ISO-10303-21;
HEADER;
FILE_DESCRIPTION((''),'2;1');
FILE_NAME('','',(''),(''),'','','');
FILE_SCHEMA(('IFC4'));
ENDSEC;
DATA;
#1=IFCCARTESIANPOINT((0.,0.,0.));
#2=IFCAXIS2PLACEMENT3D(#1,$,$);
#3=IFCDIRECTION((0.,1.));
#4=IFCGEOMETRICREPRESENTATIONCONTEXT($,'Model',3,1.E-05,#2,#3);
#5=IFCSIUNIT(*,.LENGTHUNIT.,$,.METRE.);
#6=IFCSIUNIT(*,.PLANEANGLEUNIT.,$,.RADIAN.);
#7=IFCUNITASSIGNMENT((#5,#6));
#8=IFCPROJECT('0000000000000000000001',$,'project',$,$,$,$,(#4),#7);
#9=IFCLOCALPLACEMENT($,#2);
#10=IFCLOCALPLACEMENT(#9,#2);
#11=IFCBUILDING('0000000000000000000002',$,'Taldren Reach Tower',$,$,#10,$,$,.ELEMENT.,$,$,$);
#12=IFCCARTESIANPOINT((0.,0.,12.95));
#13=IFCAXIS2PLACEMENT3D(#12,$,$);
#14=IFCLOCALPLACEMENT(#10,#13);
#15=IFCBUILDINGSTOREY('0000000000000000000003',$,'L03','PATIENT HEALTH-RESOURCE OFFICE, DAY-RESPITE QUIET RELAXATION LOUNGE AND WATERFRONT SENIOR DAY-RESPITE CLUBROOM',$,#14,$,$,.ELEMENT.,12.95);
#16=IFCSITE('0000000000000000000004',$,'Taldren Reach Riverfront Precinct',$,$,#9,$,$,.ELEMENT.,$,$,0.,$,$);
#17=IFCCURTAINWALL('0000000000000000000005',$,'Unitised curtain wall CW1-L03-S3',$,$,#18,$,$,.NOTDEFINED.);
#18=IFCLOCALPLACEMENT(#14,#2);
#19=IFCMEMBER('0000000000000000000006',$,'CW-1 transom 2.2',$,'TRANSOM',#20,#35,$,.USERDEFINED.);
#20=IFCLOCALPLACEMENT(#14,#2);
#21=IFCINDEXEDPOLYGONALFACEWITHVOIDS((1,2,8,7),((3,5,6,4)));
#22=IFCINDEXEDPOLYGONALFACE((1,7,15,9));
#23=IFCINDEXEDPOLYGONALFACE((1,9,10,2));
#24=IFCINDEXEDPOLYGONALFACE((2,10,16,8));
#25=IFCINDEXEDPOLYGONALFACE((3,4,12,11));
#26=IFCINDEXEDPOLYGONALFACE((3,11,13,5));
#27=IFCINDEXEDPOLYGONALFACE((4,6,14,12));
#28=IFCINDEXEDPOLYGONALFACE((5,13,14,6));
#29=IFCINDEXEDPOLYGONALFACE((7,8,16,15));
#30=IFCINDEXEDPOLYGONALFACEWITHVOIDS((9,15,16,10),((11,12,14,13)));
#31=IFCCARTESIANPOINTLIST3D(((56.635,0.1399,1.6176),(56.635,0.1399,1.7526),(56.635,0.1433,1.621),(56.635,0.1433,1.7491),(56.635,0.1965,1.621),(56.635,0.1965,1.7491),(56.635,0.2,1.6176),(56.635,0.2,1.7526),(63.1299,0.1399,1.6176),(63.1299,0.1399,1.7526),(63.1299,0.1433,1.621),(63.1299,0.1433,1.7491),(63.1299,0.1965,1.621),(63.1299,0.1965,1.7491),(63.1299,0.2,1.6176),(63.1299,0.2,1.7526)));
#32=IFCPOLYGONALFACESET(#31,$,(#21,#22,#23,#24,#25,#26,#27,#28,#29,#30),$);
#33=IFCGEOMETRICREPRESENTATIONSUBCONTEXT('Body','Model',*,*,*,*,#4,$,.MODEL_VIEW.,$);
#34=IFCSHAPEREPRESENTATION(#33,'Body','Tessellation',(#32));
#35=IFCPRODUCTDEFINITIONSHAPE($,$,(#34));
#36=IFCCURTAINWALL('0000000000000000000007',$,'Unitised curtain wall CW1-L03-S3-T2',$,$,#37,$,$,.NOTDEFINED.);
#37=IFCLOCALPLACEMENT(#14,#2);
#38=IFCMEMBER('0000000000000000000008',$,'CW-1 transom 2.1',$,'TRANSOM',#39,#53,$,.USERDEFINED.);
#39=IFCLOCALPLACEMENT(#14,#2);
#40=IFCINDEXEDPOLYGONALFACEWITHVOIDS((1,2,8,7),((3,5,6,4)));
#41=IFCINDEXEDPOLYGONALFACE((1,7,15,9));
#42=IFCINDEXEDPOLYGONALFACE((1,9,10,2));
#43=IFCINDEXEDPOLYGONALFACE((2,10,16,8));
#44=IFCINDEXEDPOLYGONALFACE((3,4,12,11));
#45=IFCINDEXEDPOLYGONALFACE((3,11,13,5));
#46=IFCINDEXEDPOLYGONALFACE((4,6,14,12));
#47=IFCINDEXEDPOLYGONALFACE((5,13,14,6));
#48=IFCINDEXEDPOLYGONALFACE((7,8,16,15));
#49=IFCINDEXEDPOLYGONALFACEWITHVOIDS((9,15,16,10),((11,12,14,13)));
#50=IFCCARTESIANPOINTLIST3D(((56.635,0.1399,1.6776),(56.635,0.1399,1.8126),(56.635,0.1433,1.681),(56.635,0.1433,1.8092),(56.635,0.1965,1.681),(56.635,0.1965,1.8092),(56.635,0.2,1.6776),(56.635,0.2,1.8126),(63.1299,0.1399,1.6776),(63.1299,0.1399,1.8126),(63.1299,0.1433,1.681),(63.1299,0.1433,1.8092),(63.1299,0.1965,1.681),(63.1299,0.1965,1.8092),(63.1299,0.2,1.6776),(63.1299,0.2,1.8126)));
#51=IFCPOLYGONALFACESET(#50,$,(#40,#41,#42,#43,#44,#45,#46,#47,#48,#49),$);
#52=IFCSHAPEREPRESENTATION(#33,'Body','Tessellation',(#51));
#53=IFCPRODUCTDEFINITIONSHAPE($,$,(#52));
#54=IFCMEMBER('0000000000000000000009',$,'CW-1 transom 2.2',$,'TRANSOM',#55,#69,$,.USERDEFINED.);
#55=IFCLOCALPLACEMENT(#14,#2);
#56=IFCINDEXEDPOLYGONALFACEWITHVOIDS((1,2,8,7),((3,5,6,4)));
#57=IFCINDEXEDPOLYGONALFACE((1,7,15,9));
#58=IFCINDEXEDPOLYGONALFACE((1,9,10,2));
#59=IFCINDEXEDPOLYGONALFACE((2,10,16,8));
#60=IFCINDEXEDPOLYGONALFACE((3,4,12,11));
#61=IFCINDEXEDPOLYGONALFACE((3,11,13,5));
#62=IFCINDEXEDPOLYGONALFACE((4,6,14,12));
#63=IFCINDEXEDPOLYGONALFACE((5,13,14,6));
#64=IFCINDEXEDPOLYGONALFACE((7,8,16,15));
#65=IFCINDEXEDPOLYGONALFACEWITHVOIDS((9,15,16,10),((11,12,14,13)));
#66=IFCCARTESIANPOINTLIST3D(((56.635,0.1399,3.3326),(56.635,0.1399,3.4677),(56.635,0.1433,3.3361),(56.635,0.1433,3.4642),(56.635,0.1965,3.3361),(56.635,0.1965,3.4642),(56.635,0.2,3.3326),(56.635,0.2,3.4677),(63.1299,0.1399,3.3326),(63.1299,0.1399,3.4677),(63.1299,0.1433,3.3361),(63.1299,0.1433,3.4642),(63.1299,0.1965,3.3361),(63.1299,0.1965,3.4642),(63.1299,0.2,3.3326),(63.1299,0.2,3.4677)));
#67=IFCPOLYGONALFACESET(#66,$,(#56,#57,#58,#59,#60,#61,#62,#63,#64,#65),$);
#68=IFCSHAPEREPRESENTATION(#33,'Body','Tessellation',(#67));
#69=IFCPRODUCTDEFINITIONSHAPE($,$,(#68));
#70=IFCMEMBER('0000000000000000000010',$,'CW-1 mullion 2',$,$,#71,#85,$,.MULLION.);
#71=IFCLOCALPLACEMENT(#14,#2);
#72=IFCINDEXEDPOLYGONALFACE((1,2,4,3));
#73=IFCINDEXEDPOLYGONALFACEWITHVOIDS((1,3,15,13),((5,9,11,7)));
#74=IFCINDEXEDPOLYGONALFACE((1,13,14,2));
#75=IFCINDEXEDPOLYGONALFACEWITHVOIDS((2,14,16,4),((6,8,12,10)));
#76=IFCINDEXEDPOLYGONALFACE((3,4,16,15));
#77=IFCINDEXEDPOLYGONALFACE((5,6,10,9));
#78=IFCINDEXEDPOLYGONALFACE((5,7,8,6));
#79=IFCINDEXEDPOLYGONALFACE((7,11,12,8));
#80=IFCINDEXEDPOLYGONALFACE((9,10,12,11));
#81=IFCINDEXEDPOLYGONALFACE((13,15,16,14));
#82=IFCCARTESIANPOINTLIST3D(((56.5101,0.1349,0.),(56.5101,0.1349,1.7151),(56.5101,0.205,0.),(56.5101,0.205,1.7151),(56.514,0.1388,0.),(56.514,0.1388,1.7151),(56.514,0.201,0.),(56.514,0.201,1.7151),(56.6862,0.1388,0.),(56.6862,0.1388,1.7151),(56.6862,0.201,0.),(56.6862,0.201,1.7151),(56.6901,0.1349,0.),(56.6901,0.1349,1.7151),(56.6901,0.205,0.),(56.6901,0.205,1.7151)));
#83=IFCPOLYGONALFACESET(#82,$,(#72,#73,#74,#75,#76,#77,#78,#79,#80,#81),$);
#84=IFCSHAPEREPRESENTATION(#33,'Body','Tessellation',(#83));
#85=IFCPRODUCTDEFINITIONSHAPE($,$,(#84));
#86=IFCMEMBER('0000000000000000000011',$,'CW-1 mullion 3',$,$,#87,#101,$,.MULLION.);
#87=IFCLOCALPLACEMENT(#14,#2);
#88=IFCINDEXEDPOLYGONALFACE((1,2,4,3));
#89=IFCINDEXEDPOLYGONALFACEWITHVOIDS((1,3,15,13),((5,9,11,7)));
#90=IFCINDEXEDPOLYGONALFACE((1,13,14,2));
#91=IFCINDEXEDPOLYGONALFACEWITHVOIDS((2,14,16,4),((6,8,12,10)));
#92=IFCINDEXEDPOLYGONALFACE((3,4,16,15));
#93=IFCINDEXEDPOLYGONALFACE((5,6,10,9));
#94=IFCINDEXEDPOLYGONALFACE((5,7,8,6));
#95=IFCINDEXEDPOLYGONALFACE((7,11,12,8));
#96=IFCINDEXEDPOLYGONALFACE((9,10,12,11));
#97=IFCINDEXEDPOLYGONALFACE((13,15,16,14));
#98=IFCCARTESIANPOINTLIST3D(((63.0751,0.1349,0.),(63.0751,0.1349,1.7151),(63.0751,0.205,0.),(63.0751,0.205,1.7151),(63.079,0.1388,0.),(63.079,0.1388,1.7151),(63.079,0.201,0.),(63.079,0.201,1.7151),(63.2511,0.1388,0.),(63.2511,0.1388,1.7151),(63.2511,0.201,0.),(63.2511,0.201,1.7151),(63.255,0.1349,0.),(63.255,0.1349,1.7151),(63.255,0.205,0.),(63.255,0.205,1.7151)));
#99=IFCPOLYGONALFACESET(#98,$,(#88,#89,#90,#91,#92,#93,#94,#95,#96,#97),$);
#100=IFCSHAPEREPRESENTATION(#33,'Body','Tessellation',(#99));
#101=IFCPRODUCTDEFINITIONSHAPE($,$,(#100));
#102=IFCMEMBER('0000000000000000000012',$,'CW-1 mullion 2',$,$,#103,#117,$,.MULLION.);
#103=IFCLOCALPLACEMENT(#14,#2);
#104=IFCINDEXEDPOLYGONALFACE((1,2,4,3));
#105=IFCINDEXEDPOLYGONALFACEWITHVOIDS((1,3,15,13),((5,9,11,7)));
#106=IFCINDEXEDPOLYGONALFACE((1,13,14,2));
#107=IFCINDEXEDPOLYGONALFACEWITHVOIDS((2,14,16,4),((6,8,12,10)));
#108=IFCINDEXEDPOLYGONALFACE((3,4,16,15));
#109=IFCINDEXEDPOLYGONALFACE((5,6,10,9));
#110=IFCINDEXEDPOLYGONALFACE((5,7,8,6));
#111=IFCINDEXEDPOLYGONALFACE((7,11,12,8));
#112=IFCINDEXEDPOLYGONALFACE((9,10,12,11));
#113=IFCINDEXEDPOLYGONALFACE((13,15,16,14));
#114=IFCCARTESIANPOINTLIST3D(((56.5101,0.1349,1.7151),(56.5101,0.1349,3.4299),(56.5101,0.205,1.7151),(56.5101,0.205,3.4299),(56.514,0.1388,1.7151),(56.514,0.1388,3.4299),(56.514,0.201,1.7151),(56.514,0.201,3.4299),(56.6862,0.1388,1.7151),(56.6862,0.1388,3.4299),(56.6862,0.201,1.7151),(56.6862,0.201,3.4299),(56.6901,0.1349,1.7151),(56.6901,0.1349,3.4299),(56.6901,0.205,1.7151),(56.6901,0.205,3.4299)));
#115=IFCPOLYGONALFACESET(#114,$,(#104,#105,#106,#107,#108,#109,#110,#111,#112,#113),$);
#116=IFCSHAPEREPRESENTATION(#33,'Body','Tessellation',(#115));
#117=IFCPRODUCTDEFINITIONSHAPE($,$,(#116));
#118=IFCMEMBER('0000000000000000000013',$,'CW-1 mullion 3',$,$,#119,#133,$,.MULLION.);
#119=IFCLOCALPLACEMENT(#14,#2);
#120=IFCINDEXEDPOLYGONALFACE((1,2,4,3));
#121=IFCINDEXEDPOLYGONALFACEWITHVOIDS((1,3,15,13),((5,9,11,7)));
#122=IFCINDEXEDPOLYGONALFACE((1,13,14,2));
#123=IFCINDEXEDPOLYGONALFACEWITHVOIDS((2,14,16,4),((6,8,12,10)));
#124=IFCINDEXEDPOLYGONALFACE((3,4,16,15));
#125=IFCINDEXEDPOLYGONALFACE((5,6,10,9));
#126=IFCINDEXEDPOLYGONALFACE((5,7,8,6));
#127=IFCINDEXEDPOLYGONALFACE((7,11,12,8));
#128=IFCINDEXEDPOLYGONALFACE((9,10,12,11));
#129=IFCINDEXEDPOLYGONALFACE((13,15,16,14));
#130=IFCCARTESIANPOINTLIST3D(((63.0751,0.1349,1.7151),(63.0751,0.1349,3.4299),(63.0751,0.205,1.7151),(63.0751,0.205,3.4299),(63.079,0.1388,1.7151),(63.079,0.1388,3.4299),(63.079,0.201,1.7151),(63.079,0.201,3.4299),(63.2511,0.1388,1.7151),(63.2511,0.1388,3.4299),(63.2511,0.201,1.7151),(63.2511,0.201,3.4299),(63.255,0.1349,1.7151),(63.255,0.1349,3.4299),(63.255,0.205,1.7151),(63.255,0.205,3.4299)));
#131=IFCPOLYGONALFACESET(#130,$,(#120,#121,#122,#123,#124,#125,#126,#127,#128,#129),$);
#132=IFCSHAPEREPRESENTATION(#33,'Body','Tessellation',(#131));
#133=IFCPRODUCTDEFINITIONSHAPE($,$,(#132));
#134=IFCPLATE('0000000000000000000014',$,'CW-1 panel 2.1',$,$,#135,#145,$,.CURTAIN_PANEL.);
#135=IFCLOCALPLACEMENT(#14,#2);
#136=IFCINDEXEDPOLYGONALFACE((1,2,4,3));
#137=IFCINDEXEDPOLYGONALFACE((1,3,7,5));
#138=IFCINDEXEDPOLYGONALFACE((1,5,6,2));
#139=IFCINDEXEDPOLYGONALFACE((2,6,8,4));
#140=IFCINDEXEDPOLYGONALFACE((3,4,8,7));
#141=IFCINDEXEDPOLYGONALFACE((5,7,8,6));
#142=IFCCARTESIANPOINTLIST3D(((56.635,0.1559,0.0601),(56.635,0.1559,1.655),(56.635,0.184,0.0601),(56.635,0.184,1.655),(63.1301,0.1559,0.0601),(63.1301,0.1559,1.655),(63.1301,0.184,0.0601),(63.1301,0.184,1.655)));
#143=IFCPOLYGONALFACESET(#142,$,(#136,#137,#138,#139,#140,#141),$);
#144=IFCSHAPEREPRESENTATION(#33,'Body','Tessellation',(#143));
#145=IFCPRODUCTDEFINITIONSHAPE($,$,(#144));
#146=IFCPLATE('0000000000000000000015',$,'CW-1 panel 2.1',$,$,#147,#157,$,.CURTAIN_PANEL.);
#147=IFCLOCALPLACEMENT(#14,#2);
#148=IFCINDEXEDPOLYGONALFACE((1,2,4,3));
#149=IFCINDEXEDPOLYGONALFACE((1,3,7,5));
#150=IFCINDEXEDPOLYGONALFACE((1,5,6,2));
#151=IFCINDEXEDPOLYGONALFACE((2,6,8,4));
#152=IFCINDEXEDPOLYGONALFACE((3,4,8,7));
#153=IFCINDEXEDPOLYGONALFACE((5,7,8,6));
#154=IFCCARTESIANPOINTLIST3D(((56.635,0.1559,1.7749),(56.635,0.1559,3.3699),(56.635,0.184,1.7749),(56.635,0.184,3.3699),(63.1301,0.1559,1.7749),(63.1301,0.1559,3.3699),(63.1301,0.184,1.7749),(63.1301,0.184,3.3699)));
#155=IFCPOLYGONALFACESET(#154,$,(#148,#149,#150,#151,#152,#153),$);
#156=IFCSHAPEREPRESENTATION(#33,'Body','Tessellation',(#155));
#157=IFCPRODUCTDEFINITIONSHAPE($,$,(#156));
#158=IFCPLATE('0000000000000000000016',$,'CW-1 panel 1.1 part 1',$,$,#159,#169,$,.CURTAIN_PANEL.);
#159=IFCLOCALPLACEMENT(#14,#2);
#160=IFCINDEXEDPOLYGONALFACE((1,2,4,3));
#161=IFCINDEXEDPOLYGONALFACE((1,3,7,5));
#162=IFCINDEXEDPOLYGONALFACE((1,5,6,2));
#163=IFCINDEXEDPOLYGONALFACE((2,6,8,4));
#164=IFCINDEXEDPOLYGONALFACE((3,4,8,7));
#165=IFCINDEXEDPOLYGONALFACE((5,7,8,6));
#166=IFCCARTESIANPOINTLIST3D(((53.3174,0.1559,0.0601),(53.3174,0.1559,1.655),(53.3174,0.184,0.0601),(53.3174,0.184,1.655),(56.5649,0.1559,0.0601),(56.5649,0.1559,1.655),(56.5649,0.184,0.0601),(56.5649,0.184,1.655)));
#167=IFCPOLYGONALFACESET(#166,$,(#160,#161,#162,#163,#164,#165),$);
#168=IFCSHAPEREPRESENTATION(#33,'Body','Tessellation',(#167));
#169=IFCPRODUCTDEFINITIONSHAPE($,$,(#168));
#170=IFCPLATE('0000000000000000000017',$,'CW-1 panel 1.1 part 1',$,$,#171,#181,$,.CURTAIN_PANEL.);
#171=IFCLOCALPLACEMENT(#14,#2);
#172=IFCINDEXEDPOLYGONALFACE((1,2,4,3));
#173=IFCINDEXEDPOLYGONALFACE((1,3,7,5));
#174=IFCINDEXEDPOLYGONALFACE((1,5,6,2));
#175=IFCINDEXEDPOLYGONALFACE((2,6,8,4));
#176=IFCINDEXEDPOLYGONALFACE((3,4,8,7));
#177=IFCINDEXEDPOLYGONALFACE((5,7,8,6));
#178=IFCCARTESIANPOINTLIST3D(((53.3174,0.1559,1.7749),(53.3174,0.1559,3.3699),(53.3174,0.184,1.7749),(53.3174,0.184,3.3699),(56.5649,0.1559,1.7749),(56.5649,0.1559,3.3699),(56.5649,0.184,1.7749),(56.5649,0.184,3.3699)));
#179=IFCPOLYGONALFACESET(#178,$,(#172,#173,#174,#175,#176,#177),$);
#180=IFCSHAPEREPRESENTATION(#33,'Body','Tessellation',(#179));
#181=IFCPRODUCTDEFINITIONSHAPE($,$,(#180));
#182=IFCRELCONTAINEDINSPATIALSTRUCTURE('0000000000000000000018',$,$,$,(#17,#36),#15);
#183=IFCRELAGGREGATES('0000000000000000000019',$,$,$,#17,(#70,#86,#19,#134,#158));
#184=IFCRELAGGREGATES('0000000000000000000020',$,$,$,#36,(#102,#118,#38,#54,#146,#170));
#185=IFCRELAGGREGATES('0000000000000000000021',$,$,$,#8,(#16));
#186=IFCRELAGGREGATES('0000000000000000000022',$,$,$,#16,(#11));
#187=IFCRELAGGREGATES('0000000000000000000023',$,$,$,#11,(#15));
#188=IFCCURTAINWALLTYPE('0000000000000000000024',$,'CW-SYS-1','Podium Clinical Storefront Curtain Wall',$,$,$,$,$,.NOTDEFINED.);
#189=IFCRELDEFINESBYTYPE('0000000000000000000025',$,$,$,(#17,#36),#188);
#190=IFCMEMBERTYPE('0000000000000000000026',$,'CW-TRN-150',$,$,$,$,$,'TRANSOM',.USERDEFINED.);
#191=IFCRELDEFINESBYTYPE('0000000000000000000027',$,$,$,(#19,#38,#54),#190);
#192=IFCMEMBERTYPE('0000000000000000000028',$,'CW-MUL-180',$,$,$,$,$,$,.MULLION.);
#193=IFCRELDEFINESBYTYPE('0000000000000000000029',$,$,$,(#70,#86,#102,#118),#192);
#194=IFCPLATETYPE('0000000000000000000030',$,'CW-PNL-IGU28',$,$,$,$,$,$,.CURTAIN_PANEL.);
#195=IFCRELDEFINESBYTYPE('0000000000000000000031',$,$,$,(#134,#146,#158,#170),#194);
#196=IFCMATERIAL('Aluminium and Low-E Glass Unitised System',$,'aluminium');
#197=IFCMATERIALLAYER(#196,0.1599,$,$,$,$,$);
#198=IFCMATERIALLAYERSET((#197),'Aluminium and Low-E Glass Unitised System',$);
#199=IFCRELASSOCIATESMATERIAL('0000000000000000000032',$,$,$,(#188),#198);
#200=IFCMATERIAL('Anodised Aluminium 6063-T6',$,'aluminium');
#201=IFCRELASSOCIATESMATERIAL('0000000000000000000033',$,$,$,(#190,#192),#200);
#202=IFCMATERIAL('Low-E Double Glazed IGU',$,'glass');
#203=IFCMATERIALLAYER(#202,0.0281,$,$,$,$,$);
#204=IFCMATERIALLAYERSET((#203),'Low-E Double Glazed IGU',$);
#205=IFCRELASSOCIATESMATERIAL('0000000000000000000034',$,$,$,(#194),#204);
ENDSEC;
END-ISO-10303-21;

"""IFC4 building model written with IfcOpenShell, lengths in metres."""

from ifc_helpers import new_model, si_unit, direction, frame, origin, origin_2d, place, context, subcontext, project, spatial, rectangle, hollow_rectangle, extrude, source, transform, mapped, material, layer, layer_set, material_profile, profile_set, type_object, element, aggregate, save


model = new_model("IFC4")

# Units and contexts
model_context = context("Model", 3, precision=1e-05, world=origin(), true_north=direction((0.0, 1.0)))
body_context = subcontext(model_context, "Body", "Model", "MODEL_VIEW")
ifc_project = project(units=[si_unit("LENGTHUNIT", "METRE"), si_unit("PLANEANGLEUNIT", "RADIAN")], contexts=[model_context])

# Site, building, storey
site_placement = place(None, origin())
site = spatial("IfcSite", under=ifc_project, at=site_placement, Name="Taldren Reach Riverfront Precinct", CompositionType="ELEMENT", RefElevation=0.0)
building_placement = place(site_placement, origin())
building = spatial("IfcBuilding", under=site, at=building_placement, Name="Taldren Reach Tower", CompositionType="ELEMENT")
storey_placement = place(building_placement, frame((0.0, 0.0, 12.95)))
storey = spatial("IfcBuildingStorey", under=building, at=storey_placement, Name="L03", Description="PATIENT HEALTH-RESOURCE OFFICE, DAY-RESPITE QUIET RELAXATION LOUNGE AND WATERFRONT SENIOR DAY-RESPITE CLUBROOM", CompositionType="ELEMENT", Elevation=12.95)

# Curtain walls, members
ifc_material_1 = material(Name="Aluminium and Low-E Glass Unitised System", Category="aluminium")
ifc_layer_1 = layer(ifc_material_1, 0.1599)
ifc_layer_set_1 = layer_set([ifc_layer_1], Name="Aluminium and Low-E Glass Unitised System")
curtain_wall_type = type_object("IfcCurtainWallType", Name="CW-SYS-1", Description="Podium Clinical Storefront Curtain Wall", PredefinedType="NOTDEFINED", material=ifc_layer_set_1)
curtain_wall_1_placement = place(storey_placement, origin())
curtain_wall_1 = element("IfcCurtainWall", 1, at=curtain_wall_1_placement, inside=storey, type_object=curtain_wall_type, Name="Unitised curtain wall CW1-L03-S3", PredefinedType="NOTDEFINED")
ifc_material_2 = material(Name="Anodised Aluminium 6063-T6", Category="aluminium")
ifc_material_profile_1 = material_profile(ifc_material_2, hollow_rectangle(XDim=0.0601, YDim=0.135, WallThickness=0.0034, at=origin_2d()), Name="ALU-135x60x3.5RHS")
ifc_profile_set_1 = profile_set([ifc_material_profile_1], Name="Anodised Aluminium 6063-T6")
member_type_1 = type_object("IfcMemberType", Name="CW-TRN-150", ElementType="TRANSOM", PredefinedType="USERDEFINED", material=ifc_profile_set_1)
shared_shape_1 = source(origin(), body_context, "Body", "SweptSolid", [
    extrude(hollow_rectangle(XDim=0.0601, YDim=0.135, WallThickness=0.0034, at=origin_2d()), origin(), (0.0, 0.0, 1.0), 6.4949),
])
member_1_placement = place(storey_placement, frame((56.635, 0.1699, 1.6851), z_axis=(1.0, 0.0, 0.0), x_axis=(0.0, 1.0, 0.0)))
member_1 = element("IfcMember", 2, at=member_1_placement, type_object=member_type_1, Name="CW-1 transom 2.2", ObjectType="TRANSOM", PredefinedType="USERDEFINED", context=body_context, shape_type="MappedRepresentation", body=[
    mapped(shared_shape_1, transform((0.0, 0.0, 0.0), scale=1.0)),
])
curtain_wall_2_placement = place(storey_placement, origin())
curtain_wall_2 = element("IfcCurtainWall", 3, at=curtain_wall_2_placement, inside=storey, type_object=curtain_wall_type, Name="Unitised curtain wall CW1-L03-S3-T2", PredefinedType="NOTDEFINED")
member_2_placement = place(storey_placement, frame((56.635, 0.1699, 1.7451), z_axis=(1.0, 0.0, 0.0), x_axis=(0.0, 1.0, 0.0)))
member_2 = element("IfcMember", 4, at=member_2_placement, type_object=member_type_1, Name="CW-1 transom 2.1", ObjectType="TRANSOM", PredefinedType="USERDEFINED", context=body_context, shape_type="MappedRepresentation", body=[
    mapped(shared_shape_1, transform((0.0, 0.0, 0.0), scale=1.0)),
])
member_3_placement = place(storey_placement, frame((56.635, 0.1699, 3.4001), z_axis=(1.0, 0.0, 0.0), x_axis=(0.0, 1.0, 0.0)))
member_3 = element("IfcMember", 5, at=member_3_placement, type_object=member_type_1, Name="CW-1 transom 2.2", ObjectType="TRANSOM", PredefinedType="USERDEFINED", context=body_context, shape_type="MappedRepresentation", body=[
    mapped(shared_shape_1, transform((0.0, 0.0, 0.0), scale=1.0)),
])

# Members
ifc_material_profile_2 = material_profile(ifc_material_2, hollow_rectangle(XDim=0.0701, YDim=0.1799, WallThickness=0.0039, at=origin_2d()), Name="ALU-180x70x4RHS")
ifc_profile_set_2 = profile_set([ifc_material_profile_2], Name="Anodised Aluminium 6063-T6")
member_type_2 = type_object("IfcMemberType", Name="CW-MUL-180", PredefinedType="MULLION", material=ifc_profile_set_2)
shared_shape_2 = source(origin(), body_context, "Body", "SweptSolid", [
    extrude(hollow_rectangle(XDim=0.0701, YDim=0.1799, WallThickness=0.0039, at=origin_2d()), origin(), (0.0, 0.0, 1.0), 1.7151),
])
member_4_placement = place(storey_placement, frame((56.6001, 0.1699, 0.0), z_axis=(0.0, 0.0, 1.0), x_axis=(0.0, 1.0, 0.0)))
member_4 = element("IfcMember", 6, at=member_4_placement, type_object=member_type_2, Name="CW-1 mullion 2", PredefinedType="MULLION", context=body_context, shape_type="MappedRepresentation", body=[
    mapped(shared_shape_2, transform((0.0, 0.0, 0.0), scale=1.0)),
])
member_5_placement = place(storey_placement, frame((63.165, 0.1699, 0.0), z_axis=(0.0, 0.0, 1.0), x_axis=(0.0, 1.0, 0.0)))
member_5 = element("IfcMember", 7, at=member_5_placement, type_object=member_type_2, Name="CW-1 mullion 3", PredefinedType="MULLION", context=body_context, shape_type="MappedRepresentation", body=[
    mapped(shared_shape_2, transform((0.0, 0.0, 0.0), scale=1.0)),
])
shared_shape_3 = source(origin(), body_context, "Body", "SweptSolid", [
    extrude(hollow_rectangle(XDim=0.0701, YDim=0.1799, WallThickness=0.0039, at=origin_2d()), origin(), (0.0, 0.0, 1.0), 1.7148),
])
member_6_placement = place(storey_placement, frame((56.6001, 0.1699, 1.7151), z_axis=(0.0, 0.0, 1.0), x_axis=(0.0, 1.0, 0.0)))
member_6 = element("IfcMember", 8, at=member_6_placement, type_object=member_type_2, Name="CW-1 mullion 2", PredefinedType="MULLION", context=body_context, shape_type="MappedRepresentation", body=[
    mapped(shared_shape_3, transform((0.0, 0.0, 0.0), scale=1.0)),
])
member_7_placement = place(storey_placement, frame((63.165, 0.1699, 1.7151), z_axis=(0.0, 0.0, 1.0), x_axis=(0.0, 1.0, 0.0)))
member_7 = element("IfcMember", 9, at=member_7_placement, type_object=member_type_2, Name="CW-1 mullion 3", PredefinedType="MULLION", context=body_context, shape_type="MappedRepresentation", body=[
    mapped(shared_shape_3, transform((0.0, 0.0, 0.0), scale=1.0)),
])

# Plates
ifc_material_3 = material(Name="Low-E Double Glazed IGU", Category="glass")
ifc_layer_2 = layer(ifc_material_3, 0.0281)
ifc_layer_set_2 = layer_set([ifc_layer_2], Name="Low-E Double Glazed IGU")
plate_type = type_object("IfcPlateType", Name="CW-PNL-IGU28", PredefinedType="CURTAIN_PANEL", material=ifc_layer_set_2)
shared_shape_4 = source(origin(), body_context, "Body", "SweptSolid", [
    extrude(rectangle(XDim=6.4951, YDim=0.0281, at=origin_2d()), origin(), (0.0, 0.0, 1.0), 1.595),
])
plate_1_placement = place(storey_placement, frame((59.8826, 0.1699, 0.0601), z_axis=(0.0, 0.0, 1.0), x_axis=(1.0, 0.0, 0.0)))
plate_1 = element("IfcPlate", 10, at=plate_1_placement, type_object=plate_type, Name="CW-1 panel 2.1", PredefinedType="CURTAIN_PANEL", context=body_context, shape_type="MappedRepresentation", body=[
    mapped(shared_shape_4, transform((0.0, 0.0, 0.0), scale=1.0)),
])
plate_2_placement = place(storey_placement, frame((59.8826, 0.1699, 1.7749), z_axis=(0.0, 0.0, 1.0), x_axis=(1.0, 0.0, 0.0)))
plate_2 = element("IfcPlate", 11, at=plate_2_placement, type_object=plate_type, Name="CW-1 panel 2.1", PredefinedType="CURTAIN_PANEL", context=body_context, shape_type="MappedRepresentation", body=[
    mapped(shared_shape_4, transform((0.0, 0.0, 0.0), scale=1.0)),
])
shared_shape_5 = source(origin(), body_context, "Body", "SweptSolid", [
    extrude(rectangle(XDim=3.2476, YDim=0.0281, at=origin_2d()), origin(), (0.0, 0.0, 1.0), 1.595),
])
plate_3_placement = place(storey_placement, frame((54.9412, 0.1699, 0.0601), z_axis=(0.0, 0.0, 1.0), x_axis=(1.0, 0.0, 0.0)))
plate_3 = element("IfcPlate", 12, at=plate_3_placement, type_object=plate_type, Name="CW-1 panel 1.1 part 1", PredefinedType="CURTAIN_PANEL", context=body_context, shape_type="MappedRepresentation", body=[
    mapped(shared_shape_5, transform((0.0, 0.0, 0.0), scale=1.0)),
])
aggregate(curtain_wall_1, [member_4, member_5, member_1, plate_1, plate_3])
plate_4_placement = place(storey_placement, frame((54.9412, 0.1699, 1.7749), z_axis=(0.0, 0.0, 1.0), x_axis=(1.0, 0.0, 0.0)))
plate_4 = element("IfcPlate", 13, at=plate_4_placement, type_object=plate_type, Name="CW-1 panel 1.1 part 1", PredefinedType="CURTAIN_PANEL", context=body_context, shape_type="MappedRepresentation", body=[
    mapped(shared_shape_5, transform((0.0, 0.0, 0.0), scale=1.0)),
])
aggregate(curtain_wall_2, [member_6, member_7, member_2, member_3, plate_2, plate_4])

save(model, "model.ifc")
